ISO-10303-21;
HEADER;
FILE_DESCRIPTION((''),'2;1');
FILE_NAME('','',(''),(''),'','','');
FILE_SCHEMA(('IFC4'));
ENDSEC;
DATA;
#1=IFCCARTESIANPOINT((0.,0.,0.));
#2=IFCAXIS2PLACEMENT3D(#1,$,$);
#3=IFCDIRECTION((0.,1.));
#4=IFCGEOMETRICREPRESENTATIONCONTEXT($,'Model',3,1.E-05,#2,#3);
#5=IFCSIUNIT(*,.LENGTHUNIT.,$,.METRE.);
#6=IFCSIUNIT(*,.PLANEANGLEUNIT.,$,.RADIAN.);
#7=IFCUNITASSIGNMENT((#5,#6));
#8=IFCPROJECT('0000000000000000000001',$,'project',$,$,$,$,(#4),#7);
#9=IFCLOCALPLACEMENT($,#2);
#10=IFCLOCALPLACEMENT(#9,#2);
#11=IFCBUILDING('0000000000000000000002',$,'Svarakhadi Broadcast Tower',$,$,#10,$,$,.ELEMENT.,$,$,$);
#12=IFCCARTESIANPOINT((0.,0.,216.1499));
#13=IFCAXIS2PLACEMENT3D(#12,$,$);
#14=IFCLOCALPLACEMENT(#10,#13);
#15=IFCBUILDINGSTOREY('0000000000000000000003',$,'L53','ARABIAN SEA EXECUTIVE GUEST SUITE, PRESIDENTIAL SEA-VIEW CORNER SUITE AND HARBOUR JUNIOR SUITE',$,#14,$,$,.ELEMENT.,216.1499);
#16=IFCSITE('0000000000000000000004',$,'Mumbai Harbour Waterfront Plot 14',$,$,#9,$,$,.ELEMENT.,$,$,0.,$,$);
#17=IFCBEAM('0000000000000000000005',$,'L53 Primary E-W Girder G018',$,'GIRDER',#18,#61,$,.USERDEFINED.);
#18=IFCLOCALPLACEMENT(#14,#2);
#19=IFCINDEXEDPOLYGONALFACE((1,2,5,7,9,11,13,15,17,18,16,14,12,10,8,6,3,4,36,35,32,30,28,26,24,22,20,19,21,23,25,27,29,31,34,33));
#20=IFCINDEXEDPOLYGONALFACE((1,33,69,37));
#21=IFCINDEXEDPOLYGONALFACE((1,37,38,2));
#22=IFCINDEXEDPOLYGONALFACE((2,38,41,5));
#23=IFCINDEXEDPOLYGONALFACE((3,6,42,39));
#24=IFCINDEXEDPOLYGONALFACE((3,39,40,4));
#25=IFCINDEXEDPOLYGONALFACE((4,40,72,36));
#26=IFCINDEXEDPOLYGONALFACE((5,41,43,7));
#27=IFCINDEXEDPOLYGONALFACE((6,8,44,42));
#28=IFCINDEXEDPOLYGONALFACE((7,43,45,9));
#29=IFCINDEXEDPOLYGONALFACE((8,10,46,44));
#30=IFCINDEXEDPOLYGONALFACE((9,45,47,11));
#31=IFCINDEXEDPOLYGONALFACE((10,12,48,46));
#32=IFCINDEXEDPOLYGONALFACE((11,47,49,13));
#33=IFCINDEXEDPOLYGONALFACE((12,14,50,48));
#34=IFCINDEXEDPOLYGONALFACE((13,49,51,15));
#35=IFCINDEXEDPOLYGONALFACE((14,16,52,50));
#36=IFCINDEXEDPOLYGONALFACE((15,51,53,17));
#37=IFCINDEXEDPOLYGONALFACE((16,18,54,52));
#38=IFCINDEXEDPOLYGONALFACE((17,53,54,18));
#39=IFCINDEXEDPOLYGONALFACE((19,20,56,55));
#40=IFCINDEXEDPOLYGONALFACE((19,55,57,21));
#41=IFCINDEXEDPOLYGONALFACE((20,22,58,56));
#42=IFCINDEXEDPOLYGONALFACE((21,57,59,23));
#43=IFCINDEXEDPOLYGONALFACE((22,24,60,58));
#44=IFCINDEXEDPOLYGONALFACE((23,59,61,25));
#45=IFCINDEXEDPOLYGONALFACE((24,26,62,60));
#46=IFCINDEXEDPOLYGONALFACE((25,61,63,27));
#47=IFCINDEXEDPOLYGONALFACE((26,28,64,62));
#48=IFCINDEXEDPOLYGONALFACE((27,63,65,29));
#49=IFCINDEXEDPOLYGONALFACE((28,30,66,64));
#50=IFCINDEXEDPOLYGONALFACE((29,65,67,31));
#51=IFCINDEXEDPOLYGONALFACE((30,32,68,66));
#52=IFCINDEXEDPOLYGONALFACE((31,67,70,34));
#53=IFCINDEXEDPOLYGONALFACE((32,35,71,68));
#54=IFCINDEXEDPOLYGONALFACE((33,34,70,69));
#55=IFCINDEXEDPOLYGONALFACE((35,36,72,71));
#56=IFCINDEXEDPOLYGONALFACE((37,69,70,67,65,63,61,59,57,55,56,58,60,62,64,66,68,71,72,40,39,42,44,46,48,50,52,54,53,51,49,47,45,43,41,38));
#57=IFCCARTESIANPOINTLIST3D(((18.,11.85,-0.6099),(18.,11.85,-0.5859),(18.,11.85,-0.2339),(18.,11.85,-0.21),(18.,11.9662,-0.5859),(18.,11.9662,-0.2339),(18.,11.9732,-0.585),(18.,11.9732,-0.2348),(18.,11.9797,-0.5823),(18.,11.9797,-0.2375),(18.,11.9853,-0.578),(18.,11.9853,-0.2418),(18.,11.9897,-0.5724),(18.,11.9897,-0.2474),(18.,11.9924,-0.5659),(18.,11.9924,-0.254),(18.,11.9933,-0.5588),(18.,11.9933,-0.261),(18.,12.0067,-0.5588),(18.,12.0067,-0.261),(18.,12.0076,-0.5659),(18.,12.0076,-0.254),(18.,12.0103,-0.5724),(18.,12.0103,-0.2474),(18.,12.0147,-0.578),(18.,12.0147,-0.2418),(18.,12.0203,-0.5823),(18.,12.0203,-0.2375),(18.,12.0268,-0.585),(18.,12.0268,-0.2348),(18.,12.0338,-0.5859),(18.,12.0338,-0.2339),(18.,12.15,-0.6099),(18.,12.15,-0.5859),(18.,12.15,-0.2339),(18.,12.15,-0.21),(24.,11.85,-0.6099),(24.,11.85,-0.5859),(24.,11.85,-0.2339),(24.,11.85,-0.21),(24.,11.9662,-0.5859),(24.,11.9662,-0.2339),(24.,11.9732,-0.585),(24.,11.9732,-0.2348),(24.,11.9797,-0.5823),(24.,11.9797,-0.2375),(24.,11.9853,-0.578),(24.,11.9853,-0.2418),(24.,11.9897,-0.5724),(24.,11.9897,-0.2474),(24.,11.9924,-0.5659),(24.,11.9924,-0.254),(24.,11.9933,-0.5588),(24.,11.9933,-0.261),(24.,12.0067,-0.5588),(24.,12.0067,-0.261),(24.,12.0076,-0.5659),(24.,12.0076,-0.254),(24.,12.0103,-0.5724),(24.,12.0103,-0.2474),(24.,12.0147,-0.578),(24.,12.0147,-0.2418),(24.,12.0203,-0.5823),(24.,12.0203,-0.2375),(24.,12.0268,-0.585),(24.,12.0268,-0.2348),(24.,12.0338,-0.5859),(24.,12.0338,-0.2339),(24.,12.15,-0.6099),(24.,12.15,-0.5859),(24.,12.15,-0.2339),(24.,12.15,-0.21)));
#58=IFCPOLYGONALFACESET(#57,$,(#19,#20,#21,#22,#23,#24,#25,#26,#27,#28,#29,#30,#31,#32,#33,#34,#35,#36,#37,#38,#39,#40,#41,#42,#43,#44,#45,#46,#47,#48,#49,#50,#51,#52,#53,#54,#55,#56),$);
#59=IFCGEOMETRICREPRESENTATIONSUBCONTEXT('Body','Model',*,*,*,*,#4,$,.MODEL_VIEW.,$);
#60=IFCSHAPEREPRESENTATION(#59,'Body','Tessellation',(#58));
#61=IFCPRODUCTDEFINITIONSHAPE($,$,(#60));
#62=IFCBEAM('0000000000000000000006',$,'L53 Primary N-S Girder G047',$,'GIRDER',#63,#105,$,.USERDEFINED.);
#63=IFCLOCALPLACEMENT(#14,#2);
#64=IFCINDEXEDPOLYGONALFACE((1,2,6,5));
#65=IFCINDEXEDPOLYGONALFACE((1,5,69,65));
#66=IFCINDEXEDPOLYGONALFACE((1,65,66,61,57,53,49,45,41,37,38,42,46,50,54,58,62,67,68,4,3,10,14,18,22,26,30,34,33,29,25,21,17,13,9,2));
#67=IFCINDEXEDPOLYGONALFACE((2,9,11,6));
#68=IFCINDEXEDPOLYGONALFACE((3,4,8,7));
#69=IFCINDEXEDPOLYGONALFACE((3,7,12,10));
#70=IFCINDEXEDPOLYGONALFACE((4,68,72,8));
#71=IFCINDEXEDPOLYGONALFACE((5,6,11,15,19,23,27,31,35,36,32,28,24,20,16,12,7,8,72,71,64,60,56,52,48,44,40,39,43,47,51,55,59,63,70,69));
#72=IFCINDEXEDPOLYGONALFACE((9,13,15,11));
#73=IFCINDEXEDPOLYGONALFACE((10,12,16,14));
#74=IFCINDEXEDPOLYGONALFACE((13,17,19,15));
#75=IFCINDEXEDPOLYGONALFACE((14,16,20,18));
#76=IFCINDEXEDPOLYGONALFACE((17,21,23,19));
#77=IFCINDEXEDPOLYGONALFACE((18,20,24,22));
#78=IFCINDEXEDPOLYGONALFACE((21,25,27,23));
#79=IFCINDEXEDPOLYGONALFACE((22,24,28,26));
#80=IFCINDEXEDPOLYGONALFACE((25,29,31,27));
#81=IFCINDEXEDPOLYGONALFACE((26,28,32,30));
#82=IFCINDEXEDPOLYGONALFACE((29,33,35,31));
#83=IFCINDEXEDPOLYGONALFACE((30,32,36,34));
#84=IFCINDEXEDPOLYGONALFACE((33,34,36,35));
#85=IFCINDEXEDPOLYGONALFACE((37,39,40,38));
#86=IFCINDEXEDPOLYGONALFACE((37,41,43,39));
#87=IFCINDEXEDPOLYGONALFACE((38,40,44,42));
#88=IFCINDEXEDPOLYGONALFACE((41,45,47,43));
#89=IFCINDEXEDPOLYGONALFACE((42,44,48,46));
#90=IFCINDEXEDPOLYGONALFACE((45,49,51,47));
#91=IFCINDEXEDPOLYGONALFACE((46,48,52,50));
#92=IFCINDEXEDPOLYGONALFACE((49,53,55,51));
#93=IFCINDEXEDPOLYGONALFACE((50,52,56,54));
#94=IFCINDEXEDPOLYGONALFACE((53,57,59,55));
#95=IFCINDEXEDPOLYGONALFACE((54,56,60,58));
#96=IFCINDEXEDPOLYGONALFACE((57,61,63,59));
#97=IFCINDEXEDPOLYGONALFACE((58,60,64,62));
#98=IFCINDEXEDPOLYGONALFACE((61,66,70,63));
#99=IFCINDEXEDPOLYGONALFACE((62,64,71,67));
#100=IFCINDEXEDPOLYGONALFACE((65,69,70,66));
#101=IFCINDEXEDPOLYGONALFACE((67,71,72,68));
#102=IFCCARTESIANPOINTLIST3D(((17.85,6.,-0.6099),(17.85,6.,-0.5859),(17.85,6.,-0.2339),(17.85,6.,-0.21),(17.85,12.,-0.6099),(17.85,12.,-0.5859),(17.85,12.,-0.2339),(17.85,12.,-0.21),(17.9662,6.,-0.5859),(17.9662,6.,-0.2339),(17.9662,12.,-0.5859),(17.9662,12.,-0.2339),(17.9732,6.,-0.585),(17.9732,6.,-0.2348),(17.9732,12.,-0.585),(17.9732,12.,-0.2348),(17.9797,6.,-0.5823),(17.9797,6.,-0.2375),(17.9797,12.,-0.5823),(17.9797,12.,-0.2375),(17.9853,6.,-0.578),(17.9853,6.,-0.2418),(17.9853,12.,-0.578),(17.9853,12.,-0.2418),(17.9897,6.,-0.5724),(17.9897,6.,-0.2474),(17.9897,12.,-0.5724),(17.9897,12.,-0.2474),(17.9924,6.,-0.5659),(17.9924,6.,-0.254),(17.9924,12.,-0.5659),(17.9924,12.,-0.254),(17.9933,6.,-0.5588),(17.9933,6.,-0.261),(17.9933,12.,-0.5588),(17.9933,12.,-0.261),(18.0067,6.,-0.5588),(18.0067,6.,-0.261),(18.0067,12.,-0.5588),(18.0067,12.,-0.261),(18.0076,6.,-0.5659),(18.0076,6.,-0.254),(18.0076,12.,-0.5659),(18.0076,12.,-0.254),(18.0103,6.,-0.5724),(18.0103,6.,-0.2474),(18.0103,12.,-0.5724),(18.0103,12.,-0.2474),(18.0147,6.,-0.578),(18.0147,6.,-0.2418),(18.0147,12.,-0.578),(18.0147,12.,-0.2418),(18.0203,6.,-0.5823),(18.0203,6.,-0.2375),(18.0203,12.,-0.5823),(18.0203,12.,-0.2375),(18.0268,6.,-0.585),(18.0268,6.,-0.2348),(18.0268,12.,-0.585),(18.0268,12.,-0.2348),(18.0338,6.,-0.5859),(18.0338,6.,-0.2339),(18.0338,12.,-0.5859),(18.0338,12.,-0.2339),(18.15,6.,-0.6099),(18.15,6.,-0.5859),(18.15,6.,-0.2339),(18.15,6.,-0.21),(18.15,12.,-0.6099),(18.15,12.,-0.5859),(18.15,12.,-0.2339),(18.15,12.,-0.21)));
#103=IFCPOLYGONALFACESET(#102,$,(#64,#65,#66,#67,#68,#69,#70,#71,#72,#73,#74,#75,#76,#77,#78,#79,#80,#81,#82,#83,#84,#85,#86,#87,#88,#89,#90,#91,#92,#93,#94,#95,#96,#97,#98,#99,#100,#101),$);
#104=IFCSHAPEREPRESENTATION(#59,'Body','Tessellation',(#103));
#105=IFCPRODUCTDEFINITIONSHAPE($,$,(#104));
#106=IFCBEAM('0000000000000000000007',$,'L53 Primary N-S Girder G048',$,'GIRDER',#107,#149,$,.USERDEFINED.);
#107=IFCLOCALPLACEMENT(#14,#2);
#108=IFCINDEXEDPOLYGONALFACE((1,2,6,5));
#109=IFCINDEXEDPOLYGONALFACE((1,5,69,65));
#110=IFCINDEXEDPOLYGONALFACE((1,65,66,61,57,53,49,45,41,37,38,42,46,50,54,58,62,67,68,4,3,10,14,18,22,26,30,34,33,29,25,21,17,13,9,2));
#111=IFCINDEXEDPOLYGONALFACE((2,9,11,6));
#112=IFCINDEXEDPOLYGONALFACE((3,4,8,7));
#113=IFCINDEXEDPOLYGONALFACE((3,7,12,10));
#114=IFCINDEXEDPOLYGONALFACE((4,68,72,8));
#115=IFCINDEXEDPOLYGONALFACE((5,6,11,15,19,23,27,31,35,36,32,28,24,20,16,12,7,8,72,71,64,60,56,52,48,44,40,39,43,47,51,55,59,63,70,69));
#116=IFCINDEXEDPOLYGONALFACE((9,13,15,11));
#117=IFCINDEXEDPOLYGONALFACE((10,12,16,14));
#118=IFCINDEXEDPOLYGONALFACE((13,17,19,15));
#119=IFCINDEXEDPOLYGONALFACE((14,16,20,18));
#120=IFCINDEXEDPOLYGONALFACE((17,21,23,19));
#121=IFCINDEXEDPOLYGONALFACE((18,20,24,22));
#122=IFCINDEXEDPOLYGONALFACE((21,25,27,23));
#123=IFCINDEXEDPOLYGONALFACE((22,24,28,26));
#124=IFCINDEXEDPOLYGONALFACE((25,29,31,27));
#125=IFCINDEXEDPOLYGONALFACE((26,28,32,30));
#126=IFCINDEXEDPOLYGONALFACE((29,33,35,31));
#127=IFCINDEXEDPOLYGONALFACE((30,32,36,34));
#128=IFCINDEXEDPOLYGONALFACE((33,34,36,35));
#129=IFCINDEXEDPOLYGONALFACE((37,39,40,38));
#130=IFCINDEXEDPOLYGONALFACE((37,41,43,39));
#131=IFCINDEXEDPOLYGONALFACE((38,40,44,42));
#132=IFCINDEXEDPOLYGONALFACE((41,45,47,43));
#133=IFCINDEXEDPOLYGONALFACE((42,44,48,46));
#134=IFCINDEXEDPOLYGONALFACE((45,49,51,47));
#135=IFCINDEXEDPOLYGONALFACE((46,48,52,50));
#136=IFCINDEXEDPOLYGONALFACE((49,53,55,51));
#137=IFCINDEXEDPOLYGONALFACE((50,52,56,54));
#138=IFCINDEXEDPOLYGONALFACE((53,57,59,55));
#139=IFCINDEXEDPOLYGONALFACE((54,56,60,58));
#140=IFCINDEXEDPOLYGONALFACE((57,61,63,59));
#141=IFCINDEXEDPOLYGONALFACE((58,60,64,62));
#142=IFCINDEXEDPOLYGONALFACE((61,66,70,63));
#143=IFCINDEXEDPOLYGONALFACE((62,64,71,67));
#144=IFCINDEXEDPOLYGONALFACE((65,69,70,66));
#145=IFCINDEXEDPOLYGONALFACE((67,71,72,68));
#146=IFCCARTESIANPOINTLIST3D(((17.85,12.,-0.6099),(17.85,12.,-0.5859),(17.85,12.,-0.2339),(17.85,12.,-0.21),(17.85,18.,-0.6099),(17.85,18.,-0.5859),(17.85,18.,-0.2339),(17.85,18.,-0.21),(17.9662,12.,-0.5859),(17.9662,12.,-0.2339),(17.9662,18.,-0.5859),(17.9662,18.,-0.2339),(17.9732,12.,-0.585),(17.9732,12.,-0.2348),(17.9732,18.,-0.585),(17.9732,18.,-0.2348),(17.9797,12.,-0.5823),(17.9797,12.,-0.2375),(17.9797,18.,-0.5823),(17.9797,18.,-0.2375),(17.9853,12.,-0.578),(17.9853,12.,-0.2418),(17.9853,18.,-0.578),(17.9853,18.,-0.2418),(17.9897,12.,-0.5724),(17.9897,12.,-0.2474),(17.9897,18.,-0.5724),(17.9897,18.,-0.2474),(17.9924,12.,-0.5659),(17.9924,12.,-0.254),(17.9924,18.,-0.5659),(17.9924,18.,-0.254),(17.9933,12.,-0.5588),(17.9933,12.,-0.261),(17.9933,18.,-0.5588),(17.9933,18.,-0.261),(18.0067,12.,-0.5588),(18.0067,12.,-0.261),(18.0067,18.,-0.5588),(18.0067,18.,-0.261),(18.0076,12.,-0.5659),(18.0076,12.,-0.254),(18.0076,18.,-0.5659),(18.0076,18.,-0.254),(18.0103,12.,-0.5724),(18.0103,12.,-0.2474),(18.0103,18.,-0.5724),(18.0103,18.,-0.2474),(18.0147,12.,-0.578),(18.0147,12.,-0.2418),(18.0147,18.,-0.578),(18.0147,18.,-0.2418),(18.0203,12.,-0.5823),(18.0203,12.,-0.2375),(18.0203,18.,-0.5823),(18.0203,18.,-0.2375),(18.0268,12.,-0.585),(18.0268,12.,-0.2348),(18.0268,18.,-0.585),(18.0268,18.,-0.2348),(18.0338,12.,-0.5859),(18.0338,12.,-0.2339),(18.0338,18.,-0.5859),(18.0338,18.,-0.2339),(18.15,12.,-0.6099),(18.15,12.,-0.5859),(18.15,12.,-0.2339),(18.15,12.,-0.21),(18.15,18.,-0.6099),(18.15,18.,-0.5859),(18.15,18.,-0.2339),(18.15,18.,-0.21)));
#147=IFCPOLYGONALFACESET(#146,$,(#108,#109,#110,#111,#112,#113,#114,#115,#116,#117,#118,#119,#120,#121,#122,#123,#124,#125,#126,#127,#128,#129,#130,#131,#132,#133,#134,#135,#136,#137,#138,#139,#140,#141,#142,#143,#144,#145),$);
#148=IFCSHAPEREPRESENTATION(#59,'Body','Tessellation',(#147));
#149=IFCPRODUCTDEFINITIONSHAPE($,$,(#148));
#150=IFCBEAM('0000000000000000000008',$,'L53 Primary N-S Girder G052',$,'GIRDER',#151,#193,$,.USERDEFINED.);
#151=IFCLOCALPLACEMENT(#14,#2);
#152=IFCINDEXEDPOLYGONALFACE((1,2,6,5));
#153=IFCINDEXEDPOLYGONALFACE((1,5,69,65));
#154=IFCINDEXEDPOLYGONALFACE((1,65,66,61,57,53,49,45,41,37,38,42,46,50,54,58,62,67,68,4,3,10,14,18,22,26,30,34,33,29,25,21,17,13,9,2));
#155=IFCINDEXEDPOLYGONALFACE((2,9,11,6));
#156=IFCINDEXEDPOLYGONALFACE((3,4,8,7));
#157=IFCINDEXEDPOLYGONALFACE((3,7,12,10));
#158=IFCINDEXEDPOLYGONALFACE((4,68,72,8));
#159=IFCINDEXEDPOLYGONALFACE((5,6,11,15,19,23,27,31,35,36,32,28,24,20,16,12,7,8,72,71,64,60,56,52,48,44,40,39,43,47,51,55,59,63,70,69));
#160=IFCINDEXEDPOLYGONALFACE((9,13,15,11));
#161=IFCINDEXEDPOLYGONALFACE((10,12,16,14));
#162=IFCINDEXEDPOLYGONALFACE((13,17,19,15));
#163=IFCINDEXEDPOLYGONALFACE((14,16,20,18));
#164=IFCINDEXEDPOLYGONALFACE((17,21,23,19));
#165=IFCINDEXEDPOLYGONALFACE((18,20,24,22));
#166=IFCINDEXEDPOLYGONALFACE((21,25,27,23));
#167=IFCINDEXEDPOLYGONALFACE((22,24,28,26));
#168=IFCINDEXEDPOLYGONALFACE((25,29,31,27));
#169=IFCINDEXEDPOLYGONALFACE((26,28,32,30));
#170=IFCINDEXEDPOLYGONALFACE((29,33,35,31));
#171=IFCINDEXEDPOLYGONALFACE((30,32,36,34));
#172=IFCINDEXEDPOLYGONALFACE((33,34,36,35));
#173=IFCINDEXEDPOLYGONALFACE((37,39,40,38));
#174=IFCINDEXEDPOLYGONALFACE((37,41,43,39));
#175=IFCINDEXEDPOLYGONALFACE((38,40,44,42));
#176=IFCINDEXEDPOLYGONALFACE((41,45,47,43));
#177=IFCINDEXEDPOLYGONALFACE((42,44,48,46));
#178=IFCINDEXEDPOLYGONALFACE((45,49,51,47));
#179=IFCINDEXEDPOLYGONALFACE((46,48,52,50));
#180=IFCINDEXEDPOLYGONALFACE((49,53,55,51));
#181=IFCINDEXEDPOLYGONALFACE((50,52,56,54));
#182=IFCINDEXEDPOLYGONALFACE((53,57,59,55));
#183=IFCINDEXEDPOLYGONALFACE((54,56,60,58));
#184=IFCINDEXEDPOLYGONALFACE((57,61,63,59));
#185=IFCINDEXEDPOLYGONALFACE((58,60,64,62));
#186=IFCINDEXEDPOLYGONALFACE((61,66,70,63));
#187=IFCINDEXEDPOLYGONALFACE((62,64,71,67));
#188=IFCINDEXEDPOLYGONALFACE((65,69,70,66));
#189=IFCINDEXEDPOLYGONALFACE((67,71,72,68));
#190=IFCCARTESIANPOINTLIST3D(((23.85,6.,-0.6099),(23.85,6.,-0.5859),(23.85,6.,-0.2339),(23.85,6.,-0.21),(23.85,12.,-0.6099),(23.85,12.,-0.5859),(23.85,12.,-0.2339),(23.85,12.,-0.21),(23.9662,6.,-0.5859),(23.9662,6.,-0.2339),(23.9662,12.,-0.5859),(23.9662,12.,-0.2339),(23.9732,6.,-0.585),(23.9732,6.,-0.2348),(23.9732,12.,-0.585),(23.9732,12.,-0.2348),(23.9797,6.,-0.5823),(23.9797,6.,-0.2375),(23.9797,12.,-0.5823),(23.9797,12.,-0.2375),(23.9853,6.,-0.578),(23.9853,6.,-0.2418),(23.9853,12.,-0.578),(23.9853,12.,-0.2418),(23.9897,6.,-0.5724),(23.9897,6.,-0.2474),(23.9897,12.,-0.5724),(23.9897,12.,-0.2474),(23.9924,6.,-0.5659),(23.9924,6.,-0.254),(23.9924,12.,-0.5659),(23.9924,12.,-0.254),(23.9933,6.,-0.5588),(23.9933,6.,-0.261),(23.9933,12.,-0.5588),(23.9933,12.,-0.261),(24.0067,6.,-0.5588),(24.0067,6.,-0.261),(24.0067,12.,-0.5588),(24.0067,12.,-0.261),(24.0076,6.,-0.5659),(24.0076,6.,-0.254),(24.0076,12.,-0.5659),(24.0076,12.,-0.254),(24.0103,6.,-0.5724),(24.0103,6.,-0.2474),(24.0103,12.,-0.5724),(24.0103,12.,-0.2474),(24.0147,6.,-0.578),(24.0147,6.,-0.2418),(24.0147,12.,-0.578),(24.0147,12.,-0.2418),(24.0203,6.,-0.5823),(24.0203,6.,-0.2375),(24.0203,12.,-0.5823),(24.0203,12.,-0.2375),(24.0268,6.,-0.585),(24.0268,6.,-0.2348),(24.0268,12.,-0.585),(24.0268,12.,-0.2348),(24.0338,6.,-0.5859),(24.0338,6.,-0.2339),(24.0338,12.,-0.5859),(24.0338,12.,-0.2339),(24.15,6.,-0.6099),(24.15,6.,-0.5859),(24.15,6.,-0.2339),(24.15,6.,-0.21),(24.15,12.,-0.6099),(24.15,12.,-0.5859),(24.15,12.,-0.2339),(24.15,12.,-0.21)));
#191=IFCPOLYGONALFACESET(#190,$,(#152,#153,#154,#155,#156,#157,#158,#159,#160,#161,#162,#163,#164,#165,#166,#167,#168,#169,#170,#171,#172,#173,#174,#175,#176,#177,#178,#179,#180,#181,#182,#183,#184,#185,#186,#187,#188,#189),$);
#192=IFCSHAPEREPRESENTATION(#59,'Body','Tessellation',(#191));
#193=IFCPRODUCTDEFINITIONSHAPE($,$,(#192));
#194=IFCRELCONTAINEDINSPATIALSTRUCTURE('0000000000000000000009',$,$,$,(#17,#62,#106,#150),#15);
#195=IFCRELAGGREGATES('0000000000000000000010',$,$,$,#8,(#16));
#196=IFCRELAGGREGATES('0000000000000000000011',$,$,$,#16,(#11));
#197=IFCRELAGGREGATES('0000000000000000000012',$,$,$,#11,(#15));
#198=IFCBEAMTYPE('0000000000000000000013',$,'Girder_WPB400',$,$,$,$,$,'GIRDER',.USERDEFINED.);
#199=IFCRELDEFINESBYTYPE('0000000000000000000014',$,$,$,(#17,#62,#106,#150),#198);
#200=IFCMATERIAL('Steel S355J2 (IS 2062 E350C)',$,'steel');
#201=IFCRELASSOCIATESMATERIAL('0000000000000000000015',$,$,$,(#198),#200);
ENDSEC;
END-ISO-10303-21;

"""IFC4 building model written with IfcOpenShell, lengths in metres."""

from ifc_helpers import new_model, si_unit, direction, frame, origin, origin_2d, place, context, subcontext, project, spatial, i_section, extrude, material, material_profile, profile_set, type_object, element, save


model = new_model("IFC4")

# Units and contexts
model_context = context("Model", 3, precision=1e-05, world=origin(), true_north=direction((0.0, 1.0)))
body_context = subcontext(model_context, "Body", "Model", "MODEL_VIEW")
ifc_project = project(units=[si_unit("LENGTHUNIT", "METRE"), si_unit("PLANEANGLEUNIT", "RADIAN")], contexts=[model_context])

# Site, building, storey
site_placement = place(None, origin())
site = spatial("IfcSite", under=ifc_project, at=site_placement, Name="Mumbai Harbour Waterfront Plot 14", CompositionType="ELEMENT", RefElevation=0.0)
building_placement = place(site_placement, origin())
building = spatial("IfcBuilding", under=site, at=building_placement, Name="Svarakhadi Broadcast Tower", CompositionType="ELEMENT")
storey_placement = place(building_placement, frame((0.0, 0.0, 216.1499)))
storey = spatial("IfcBuildingStorey", under=building, at=storey_placement, Name="L53", Description="ARABIAN SEA EXECUTIVE GUEST SUITE, PRESIDENTIAL SEA-VIEW CORNER SUITE AND HARBOUR JUNIOR SUITE", CompositionType="ELEMENT", Elevation=216.1499)

# Beams
ifc_material_1 = material(Name="Steel S355J2 (IS 2062 E350C)", Category="steel")
ifc_material_profile_1 = material_profile(ifc_material_1, i_section(OverallWidth=0.3, OverallDepth=0.3999, WebThickness=0.0134, FlangeThickness=0.0239, FilletRadius=0.0271, at=origin_2d()), Name="WPB 400x300x155")
ifc_profile_set_1 = profile_set([ifc_material_profile_1], Name="Steel S355J2 (IS 2062 E350C)")
beam_type_1 = type_object("IfcBeamType", Name="Girder_WPB400", ElementType="GIRDER", PredefinedType="USERDEFINED", material=ifc_profile_set_1)
for number, where, z_axis, x_axis, name in (
    (1, (18.0, 12.0, -0.4099), (1.0, 0.0, 0.0), (0.0, 1.0, 0.0), "L53 Primary E-W Girder G018"),
    (2, (18.0, 6.0, -0.4099), (0.0, 1.0, 0.0), (-1.0, 0.0, 0.0), "L53 Primary N-S Girder G047"),
    (3, (18.0, 12.0, -0.4099), (0.0, 1.0, 0.0), (-1.0, 0.0, 0.0), "L53 Primary N-S Girder G048"),
    (4, (24.0, 6.0, -0.4099), (0.0, 1.0, 0.0), (-1.0, 0.0, 0.0), "L53 Primary N-S Girder G052"),
):
    element("IfcBeam", number, at=place(storey_placement, frame(where, z_axis=z_axis, x_axis=x_axis)), inside=storey, type_object=beam_type_1, Name=name, ObjectType="GIRDER", PredefinedType="USERDEFINED", context=body_context, shape_type="SweptSolid", body=[
        extrude(i_section(OverallWidth=0.3, OverallDepth=0.3999, WebThickness=0.0134, FlangeThickness=0.0239, FilletRadius=0.0271, at=origin_2d()), origin(), (0.0, 0.0, 1.0), 6.0),
    ])

save(model, "model.ifc")
